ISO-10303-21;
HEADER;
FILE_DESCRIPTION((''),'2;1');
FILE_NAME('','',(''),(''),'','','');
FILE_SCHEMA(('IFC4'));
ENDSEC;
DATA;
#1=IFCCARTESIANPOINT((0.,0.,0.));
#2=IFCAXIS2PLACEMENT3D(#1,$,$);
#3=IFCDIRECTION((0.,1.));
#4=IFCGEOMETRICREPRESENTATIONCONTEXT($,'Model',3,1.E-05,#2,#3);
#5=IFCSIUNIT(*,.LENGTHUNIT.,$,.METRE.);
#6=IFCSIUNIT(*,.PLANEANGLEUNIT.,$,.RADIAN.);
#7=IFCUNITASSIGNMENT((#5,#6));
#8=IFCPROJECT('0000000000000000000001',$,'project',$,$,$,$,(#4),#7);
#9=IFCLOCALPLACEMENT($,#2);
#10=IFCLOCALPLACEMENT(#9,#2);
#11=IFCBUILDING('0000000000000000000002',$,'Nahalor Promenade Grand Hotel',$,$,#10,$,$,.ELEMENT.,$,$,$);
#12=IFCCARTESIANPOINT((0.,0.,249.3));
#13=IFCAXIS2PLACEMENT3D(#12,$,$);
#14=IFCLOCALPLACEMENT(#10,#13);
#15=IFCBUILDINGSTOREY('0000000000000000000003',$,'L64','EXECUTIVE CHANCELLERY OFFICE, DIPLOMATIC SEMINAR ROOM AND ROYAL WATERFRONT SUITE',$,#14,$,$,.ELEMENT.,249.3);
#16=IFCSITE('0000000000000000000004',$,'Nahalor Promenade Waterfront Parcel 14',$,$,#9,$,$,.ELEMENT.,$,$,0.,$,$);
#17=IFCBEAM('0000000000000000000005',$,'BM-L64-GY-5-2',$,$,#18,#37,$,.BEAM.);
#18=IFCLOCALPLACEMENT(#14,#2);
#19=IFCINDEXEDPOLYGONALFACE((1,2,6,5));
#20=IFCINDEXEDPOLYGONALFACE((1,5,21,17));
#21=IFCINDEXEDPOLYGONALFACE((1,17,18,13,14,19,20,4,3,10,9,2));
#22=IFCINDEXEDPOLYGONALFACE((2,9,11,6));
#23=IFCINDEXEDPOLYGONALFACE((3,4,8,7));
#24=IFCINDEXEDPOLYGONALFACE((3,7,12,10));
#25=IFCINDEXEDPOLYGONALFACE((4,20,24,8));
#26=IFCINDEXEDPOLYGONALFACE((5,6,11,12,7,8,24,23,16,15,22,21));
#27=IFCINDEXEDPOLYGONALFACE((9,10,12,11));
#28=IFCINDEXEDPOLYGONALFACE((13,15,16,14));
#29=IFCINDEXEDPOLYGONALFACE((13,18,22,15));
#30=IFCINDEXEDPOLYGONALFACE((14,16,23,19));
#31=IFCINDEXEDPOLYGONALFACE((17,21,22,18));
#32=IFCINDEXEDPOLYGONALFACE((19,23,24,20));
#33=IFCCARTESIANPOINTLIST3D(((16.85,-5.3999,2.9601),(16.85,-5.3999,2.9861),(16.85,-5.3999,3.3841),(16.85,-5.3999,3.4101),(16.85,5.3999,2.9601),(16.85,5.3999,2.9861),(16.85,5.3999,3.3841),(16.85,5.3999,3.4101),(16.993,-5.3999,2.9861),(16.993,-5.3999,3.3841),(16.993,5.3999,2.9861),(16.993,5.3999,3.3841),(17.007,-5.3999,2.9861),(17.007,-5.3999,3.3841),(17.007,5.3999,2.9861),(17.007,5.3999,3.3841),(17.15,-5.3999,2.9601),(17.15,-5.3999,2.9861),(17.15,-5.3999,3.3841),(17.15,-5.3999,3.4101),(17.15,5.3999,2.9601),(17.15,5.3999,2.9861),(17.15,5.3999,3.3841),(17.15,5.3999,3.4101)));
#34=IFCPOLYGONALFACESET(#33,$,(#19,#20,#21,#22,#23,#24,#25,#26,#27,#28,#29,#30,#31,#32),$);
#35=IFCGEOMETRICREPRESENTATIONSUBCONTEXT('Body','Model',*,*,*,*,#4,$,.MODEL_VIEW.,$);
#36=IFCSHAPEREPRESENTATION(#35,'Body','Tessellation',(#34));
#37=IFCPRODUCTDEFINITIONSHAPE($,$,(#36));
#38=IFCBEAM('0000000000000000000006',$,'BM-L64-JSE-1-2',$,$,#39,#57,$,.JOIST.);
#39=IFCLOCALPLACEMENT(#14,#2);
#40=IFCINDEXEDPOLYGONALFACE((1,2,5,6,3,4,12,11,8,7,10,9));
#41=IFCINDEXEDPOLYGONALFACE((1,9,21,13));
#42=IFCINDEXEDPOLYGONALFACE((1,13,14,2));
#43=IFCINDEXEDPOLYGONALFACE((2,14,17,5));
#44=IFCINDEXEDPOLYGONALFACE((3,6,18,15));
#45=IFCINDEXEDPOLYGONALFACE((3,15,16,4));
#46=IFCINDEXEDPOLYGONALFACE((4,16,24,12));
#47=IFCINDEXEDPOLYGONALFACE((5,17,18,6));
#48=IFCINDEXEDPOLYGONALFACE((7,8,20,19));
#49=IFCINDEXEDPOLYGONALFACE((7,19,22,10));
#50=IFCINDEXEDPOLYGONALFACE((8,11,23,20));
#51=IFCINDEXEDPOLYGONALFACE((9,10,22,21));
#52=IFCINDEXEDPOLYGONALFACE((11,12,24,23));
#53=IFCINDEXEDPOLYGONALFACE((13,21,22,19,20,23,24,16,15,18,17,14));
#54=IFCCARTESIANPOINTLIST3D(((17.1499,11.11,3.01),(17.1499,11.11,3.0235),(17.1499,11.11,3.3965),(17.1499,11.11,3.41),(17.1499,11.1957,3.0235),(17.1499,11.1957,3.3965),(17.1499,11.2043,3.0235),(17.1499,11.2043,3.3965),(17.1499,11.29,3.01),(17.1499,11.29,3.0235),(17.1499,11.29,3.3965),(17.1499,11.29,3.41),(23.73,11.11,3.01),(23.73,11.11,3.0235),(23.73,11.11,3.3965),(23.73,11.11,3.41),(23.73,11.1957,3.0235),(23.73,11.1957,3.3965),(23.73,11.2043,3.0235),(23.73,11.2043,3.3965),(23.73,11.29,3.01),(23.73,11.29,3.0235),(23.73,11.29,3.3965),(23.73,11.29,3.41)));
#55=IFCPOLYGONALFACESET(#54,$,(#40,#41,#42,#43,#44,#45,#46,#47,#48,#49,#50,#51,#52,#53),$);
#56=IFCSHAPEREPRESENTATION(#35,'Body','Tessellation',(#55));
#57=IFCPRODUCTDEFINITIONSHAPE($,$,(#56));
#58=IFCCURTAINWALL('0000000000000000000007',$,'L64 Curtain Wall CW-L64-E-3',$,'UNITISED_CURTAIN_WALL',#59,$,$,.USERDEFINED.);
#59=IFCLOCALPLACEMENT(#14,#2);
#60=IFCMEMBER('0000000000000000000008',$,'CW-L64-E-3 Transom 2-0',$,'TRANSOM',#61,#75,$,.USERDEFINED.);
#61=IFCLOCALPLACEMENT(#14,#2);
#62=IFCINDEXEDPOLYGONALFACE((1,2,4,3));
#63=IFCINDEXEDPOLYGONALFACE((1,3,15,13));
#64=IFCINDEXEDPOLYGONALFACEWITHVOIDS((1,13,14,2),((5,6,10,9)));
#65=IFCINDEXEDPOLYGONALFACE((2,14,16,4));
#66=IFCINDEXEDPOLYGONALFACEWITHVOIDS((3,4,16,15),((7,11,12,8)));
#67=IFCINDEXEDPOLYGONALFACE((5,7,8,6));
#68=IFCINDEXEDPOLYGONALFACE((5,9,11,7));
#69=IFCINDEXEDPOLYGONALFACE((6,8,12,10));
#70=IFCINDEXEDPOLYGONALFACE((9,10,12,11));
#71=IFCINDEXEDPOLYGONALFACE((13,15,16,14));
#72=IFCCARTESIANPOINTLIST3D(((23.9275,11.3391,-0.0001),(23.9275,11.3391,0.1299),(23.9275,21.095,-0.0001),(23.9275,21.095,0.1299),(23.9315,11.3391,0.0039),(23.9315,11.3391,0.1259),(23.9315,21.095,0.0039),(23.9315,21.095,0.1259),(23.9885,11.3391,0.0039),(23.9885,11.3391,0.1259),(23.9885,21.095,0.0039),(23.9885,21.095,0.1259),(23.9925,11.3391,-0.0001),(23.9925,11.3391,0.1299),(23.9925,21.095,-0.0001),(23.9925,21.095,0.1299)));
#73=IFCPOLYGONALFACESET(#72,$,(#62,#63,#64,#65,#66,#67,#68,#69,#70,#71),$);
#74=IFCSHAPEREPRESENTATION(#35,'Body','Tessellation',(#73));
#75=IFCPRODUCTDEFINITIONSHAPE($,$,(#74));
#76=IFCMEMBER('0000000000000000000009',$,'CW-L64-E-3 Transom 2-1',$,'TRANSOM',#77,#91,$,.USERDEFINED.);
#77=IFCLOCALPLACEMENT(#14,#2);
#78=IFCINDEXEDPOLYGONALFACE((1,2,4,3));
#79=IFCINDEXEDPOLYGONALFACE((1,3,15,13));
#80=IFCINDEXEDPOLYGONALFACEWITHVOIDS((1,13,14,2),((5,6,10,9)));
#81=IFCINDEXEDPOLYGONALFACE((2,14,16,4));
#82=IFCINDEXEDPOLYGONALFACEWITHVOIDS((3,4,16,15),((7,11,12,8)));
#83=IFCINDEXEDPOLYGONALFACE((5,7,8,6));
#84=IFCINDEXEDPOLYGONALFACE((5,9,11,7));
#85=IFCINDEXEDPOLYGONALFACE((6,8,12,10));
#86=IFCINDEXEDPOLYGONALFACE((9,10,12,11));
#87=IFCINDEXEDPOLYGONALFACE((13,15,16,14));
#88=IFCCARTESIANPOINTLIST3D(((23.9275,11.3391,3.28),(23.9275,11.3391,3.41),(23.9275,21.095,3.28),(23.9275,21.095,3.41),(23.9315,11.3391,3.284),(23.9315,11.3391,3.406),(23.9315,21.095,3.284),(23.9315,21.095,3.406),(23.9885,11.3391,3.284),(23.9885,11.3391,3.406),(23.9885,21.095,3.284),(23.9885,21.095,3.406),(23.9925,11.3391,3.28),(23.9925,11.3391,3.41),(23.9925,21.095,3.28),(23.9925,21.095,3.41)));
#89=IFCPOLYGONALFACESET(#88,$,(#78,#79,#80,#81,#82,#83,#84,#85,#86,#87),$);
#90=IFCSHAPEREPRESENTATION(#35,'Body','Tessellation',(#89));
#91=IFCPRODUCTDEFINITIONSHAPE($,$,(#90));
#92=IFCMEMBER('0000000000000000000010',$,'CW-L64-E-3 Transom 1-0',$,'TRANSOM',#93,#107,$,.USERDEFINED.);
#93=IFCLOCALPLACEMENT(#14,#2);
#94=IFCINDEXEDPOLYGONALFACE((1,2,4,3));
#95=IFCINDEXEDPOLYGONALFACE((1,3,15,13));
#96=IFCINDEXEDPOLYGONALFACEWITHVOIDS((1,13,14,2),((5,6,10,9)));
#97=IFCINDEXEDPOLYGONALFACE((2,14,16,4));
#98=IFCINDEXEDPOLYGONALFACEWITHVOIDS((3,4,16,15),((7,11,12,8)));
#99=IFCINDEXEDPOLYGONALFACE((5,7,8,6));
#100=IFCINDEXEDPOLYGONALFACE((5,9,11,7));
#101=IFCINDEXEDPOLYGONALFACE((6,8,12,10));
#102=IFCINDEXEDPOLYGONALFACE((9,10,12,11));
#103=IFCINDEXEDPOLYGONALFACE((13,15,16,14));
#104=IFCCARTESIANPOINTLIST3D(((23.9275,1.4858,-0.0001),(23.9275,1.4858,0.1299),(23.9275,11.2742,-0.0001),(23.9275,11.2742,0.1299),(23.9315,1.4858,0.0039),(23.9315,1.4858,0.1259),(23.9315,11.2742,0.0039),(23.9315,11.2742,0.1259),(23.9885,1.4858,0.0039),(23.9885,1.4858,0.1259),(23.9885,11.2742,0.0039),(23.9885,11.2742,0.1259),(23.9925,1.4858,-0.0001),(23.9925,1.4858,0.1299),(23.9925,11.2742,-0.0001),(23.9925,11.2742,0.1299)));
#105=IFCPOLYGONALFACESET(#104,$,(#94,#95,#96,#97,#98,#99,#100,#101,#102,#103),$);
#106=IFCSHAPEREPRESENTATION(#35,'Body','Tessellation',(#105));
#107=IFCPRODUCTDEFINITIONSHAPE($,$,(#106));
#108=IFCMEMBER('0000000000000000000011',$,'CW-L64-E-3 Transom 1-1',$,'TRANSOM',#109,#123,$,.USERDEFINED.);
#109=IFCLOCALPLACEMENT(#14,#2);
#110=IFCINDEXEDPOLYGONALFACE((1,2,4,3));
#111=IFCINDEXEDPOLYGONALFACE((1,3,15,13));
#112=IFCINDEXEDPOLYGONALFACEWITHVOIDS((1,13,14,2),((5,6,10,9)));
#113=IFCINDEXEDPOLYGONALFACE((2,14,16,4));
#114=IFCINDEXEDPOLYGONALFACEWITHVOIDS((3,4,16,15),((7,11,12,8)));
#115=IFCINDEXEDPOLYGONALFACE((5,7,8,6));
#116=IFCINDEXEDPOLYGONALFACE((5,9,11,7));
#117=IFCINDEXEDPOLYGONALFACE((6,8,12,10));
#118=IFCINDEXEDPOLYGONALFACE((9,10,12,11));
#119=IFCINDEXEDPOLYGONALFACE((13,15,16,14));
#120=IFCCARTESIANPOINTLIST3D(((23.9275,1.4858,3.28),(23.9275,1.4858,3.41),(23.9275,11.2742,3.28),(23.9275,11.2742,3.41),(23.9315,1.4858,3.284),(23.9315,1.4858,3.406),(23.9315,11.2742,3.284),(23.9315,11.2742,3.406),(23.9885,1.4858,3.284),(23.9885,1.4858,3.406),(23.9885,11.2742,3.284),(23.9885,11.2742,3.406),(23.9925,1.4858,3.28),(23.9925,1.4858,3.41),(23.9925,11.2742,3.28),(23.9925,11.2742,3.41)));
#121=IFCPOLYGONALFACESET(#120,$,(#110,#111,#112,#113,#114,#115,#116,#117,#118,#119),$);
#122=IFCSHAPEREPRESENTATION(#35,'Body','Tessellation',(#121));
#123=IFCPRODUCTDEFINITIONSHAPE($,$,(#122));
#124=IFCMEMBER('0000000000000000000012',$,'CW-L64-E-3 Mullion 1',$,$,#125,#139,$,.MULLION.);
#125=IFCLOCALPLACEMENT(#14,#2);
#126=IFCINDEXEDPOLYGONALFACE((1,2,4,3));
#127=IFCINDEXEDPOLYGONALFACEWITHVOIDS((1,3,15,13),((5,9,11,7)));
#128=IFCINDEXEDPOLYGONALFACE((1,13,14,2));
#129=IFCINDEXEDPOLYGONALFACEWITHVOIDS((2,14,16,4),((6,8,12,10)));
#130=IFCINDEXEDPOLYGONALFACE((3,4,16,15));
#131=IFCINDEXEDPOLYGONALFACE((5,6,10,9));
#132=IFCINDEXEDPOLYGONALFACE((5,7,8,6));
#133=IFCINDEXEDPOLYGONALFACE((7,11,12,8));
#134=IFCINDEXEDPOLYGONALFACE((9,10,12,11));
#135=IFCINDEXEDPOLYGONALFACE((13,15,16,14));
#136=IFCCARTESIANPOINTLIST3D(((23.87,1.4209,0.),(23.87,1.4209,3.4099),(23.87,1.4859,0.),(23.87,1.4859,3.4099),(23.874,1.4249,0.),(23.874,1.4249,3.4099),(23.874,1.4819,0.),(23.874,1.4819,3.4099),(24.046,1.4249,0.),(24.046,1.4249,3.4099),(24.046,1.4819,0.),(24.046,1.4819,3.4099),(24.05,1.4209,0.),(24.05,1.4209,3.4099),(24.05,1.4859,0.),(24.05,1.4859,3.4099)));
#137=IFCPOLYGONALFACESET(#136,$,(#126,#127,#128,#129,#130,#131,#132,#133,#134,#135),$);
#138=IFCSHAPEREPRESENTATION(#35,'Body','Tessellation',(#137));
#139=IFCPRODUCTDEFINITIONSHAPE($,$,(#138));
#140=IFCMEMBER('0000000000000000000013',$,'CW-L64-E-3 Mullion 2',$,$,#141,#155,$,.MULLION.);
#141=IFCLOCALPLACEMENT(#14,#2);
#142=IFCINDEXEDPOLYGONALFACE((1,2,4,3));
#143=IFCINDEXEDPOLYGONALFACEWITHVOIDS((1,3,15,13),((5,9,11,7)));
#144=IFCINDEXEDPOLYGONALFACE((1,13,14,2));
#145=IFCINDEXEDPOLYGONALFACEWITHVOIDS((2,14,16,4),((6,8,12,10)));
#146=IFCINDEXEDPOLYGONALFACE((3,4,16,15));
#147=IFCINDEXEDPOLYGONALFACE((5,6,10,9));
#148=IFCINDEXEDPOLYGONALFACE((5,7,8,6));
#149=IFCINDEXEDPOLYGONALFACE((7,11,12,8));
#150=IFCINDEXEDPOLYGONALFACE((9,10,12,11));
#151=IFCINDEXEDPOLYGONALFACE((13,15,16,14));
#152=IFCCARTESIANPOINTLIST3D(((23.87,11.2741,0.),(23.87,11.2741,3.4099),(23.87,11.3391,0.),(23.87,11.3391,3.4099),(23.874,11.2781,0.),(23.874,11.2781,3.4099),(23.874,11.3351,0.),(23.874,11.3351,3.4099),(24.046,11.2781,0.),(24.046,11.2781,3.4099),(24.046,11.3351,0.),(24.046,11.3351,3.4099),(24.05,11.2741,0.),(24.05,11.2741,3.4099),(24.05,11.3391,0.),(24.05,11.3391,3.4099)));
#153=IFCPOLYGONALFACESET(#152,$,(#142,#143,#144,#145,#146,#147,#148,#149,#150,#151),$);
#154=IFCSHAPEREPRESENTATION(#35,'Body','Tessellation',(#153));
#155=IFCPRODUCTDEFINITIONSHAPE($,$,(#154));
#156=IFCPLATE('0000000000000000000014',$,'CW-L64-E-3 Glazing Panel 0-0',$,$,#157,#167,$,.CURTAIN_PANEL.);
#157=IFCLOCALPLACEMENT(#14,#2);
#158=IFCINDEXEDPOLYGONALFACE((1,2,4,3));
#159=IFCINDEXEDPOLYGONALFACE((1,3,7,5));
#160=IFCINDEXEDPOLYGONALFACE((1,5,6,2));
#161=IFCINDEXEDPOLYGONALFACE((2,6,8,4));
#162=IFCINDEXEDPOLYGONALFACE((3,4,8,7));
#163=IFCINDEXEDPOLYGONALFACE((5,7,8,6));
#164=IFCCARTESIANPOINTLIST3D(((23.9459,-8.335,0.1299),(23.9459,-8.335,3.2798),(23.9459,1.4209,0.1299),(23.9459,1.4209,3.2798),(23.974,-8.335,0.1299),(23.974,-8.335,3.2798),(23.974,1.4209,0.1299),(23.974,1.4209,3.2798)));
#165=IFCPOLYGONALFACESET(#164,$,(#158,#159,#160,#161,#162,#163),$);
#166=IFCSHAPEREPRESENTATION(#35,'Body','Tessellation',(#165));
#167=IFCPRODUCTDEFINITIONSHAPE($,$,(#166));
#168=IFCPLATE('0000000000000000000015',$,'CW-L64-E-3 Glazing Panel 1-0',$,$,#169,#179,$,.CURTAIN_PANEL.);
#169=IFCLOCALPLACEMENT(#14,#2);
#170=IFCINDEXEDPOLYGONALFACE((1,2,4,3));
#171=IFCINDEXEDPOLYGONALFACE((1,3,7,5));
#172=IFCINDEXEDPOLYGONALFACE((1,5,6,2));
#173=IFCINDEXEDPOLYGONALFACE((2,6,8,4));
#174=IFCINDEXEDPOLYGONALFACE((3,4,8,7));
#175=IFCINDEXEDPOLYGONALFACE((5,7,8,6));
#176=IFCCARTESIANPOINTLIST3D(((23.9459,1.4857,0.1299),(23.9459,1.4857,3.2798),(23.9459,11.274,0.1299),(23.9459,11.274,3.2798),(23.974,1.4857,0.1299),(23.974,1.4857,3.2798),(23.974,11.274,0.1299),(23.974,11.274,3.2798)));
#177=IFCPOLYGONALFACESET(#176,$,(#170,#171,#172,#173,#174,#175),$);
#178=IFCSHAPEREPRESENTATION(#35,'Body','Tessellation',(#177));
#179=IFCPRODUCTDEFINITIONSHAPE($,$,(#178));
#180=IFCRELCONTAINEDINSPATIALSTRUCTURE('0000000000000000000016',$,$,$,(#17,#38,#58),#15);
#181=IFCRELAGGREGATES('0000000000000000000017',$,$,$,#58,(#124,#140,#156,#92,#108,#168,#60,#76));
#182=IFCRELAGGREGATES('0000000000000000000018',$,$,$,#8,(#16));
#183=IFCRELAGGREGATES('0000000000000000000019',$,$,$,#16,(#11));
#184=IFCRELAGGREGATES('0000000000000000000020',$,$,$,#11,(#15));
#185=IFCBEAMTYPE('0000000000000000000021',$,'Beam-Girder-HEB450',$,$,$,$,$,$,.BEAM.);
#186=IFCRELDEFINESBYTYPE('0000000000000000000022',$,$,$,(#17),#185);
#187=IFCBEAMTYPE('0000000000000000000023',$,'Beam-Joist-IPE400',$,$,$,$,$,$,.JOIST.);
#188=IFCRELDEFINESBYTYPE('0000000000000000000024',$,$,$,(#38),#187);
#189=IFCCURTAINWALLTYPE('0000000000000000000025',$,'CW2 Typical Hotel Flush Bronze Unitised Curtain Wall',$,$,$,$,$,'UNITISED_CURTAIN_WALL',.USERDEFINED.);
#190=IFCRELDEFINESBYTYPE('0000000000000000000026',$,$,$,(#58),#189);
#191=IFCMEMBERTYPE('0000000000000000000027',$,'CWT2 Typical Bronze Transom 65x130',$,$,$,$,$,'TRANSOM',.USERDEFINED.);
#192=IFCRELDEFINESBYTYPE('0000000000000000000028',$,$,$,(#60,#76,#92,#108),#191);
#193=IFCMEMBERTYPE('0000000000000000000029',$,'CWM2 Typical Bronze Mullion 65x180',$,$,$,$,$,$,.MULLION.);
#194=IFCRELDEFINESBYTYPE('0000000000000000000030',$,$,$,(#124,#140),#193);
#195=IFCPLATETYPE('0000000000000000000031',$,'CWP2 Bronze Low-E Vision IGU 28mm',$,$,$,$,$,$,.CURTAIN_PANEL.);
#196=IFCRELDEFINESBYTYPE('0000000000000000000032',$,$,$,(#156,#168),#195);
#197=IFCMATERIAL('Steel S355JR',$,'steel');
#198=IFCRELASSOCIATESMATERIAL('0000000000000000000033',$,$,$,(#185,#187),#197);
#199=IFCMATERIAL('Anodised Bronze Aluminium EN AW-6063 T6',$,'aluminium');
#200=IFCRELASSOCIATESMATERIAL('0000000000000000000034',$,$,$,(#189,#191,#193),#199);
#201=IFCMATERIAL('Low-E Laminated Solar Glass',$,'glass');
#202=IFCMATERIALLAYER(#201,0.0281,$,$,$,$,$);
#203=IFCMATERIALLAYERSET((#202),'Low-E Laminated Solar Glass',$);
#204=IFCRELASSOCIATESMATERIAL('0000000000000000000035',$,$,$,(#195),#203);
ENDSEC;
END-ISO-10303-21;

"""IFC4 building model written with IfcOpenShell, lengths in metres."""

from ifc_helpers import new_model, si_unit, direction, frame, origin, origin_2d, place, context, subcontext, project, spatial, rectangle, hollow_rectangle, i_section, extrude, source, transform, mapped, material, layer, layer_set, material_profile, profile_set, type_object, element, aggregate, save


model = new_model("IFC4")

# Units and contexts
model_context = context("Model", 3, precision=1e-05, world=origin(), true_north=direction((0.0, 1.0)))
body_context = subcontext(model_context, "Body", "Model", "MODEL_VIEW")
ifc_project = project(units=[si_unit("LENGTHUNIT", "METRE"), si_unit("PLANEANGLEUNIT", "RADIAN")], contexts=[model_context])

# Site, building, storey
site_placement = place(None, origin())
site = spatial("IfcSite", under=ifc_project, at=site_placement, Name="Nahalor Promenade Waterfront Parcel 14", CompositionType="ELEMENT", RefElevation=0.0)
building_placement = place(site_placement, origin())
building = spatial("IfcBuilding", under=site, at=building_placement, Name="Nahalor Promenade Grand Hotel", CompositionType="ELEMENT")
storey_placement = place(building_placement, frame((0.0, 0.0, 249.3)))
storey = spatial("IfcBuildingStorey", under=building, at=storey_placement, Name="L64", Description="EXECUTIVE CHANCELLERY OFFICE, DIPLOMATIC SEMINAR ROOM AND ROYAL WATERFRONT SUITE", CompositionType="ELEMENT", Elevation=249.3)

# Shared definitions
ifc_material_1 = material(Name="Steel S355JR", Category="steel")

# Beams
ifc_material_profile_1 = material_profile(ifc_material_1, i_section(OverallWidth=0.3, OverallDepth=0.45, WebThickness=0.014, FlangeThickness=0.026, at=origin_2d()), Name="HEB 450")
ifc_profile_set_1 = profile_set([ifc_material_profile_1], Name="Steel S355JR")
beam_type_1 = type_object("IfcBeamType", Name="Beam-Girder-HEB450", PredefinedType="BEAM", material=ifc_profile_set_1)
shared_shape_1 = source(origin(), body_context, "Body", "SweptSolid", [
    extrude(i_section(OverallWidth=0.3, OverallDepth=0.45, WebThickness=0.014, FlangeThickness=0.026, at=origin_2d()), origin(), (0.0, 0.0, 1.0), 10.7998),
])
beam_1_placement = place(storey_placement, frame((17.0, -5.3999, 3.1851), z_axis=(0.0, 1.0, 0.0), x_axis=(-1.0, 0.0, 0.0)))
element("IfcBeam", 1, at=beam_1_placement, inside=storey, type_object=beam_type_1, Name="BM-L64-GY-5-2", PredefinedType="BEAM", context=body_context, shape_type="MappedRepresentation", body=[
    mapped(shared_shape_1, transform((0.0, 0.0, 0.0), scale=1.0)),
])
ifc_material_profile_2 = material_profile(ifc_material_1, i_section(OverallWidth=0.18, OverallDepth=0.4, WebThickness=0.0086, FlangeThickness=0.0135, at=origin_2d()), Name="IPE 400")
ifc_profile_set_2 = profile_set([ifc_material_profile_2], Name="Steel S355JR")
beam_type_2 = type_object("IfcBeamType", Name="Beam-Joist-IPE400", PredefinedType="JOIST", material=ifc_profile_set_2)
shared_shape_2 = source(origin(), body_context, "Body", "SweptSolid", [
    extrude(i_section(OverallWidth=0.18, OverallDepth=0.4, WebThickness=0.0086, FlangeThickness=0.0135, at=origin_2d()), origin(), (0.0, 0.0, 1.0), 6.5801),
])
beam_2_placement = place(storey_placement, frame((17.1499, 11.2, 3.21), z_axis=(1.0, 0.0, 0.0), x_axis=(0.0, 1.0, 0.0)))
element("IfcBeam", 2, at=beam_2_placement, inside=storey, type_object=beam_type_2, Name="BM-L64-JSE-1-2", PredefinedType="JOIST", context=body_context, shape_type="MappedRepresentation", body=[
    mapped(shared_shape_2, transform((0.0, 0.0, 0.0), scale=1.0)),
])

# Curtain wall, members, plates
ifc_material_2 = material(Name="Anodised Bronze Aluminium EN AW-6063 T6", Category="aluminium")
curtain_wall_type = type_object("IfcCurtainWallType", Name="CW2 Typical Hotel Flush Bronze Unitised Curtain Wall", ElementType="UNITISED_CURTAIN_WALL", PredefinedType="USERDEFINED", material=ifc_material_2)
curtain_wall_placement = place(storey_placement, origin())
curtain_wall = element("IfcCurtainWall", 3, at=curtain_wall_placement, inside=storey, type_object=curtain_wall_type, Name="L64 Curtain Wall CW-L64-E-3", ObjectType="UNITISED_CURTAIN_WALL", PredefinedType="USERDEFINED")
ifc_material_profile_3 = material_profile(ifc_material_2, hollow_rectangle(XDim=0.065, YDim=0.13, WallThickness=0.004, at=origin_2d()), Name="CWT 65x130x4")
ifc_profile_set_3 = profile_set([ifc_material_profile_3], Name="Anodised Bronze Aluminium EN AW-6063 T6")
member_type_1 = type_object("IfcMemberType", Name="CWT2 Typical Bronze Transom 65x130", ElementType="TRANSOM", PredefinedType="USERDEFINED", material=ifc_profile_set_3)
shared_shape_3 = source(origin(), body_context, "Body", "SweptSolid", [
    extrude(hollow_rectangle(XDim=0.065, YDim=0.13, WallThickness=0.004, at=origin_2d()), origin(), (0.0, 0.0, 1.0), 9.7559),
])
member_1_placement = place(storey_placement, frame((23.96, 11.3391, 0.0649), z_axis=(0.0, 1.0, 0.0), x_axis=(-1.0, 0.0, 0.0)))
member_1 = element("IfcMember", 4, at=member_1_placement, type_object=member_type_1, Name="CW-L64-E-3 Transom 2-0", ObjectType="TRANSOM", PredefinedType="USERDEFINED", context=body_context, shape_type="MappedRepresentation", body=[
    mapped(shared_shape_3, transform((0.0, 0.0, 0.0), scale=1.0)),
])
member_2_placement = place(storey_placement, frame((23.96, 11.3391, 3.345), z_axis=(0.0, 1.0, 0.0), x_axis=(-1.0, 0.0, 0.0)))
member_2 = element("IfcMember", 5, at=member_2_placement, type_object=member_type_1, Name="CW-L64-E-3 Transom 2-1", ObjectType="TRANSOM", PredefinedType="USERDEFINED", context=body_context, shape_type="MappedRepresentation", body=[
    mapped(shared_shape_3, transform((0.0, 0.0, 0.0), scale=1.0)),
])
shared_shape_4 = source(origin(), body_context, "Body", "SweptSolid", [
    extrude(hollow_rectangle(XDim=0.065, YDim=0.13, WallThickness=0.004, at=origin_2d()), origin(), (0.0, 0.0, 1.0), 9.7883),
])
member_3_placement = place(storey_placement, frame((23.96, 1.4858, 0.0649), z_axis=(0.0, 1.0, 0.0), x_axis=(-1.0, 0.0, 0.0)))
member_3 = element("IfcMember", 6, at=member_3_placement, type_object=member_type_1, Name="CW-L64-E-3 Transom 1-0", ObjectType="TRANSOM", PredefinedType="USERDEFINED", context=body_context, shape_type="MappedRepresentation", body=[
    mapped(shared_shape_4, transform((0.0, 0.0, 0.0), scale=1.0)),
])
member_4_placement = place(storey_placement, frame((23.96, 1.4858, 3.345), z_axis=(0.0, 1.0, 0.0), x_axis=(-1.0, 0.0, 0.0)))
member_4 = element("IfcMember", 7, at=member_4_placement, type_object=member_type_1, Name="CW-L64-E-3 Transom 1-1", ObjectType="TRANSOM", PredefinedType="USERDEFINED", context=body_context, shape_type="MappedRepresentation", body=[
    mapped(shared_shape_4, transform((0.0, 0.0, 0.0), scale=1.0)),
])
ifc_material_profile_4 = material_profile(ifc_material_2, hollow_rectangle(XDim=0.065, YDim=0.18, WallThickness=0.004, at=origin_2d()), Name="CWM 65x180x4")
ifc_profile_set_4 = profile_set([ifc_material_profile_4], Name="Anodised Bronze Aluminium EN AW-6063 T6")
member_type_2 = type_object("IfcMemberType", Name="CWM2 Typical Bronze Mullion 65x180", PredefinedType="MULLION", material=ifc_profile_set_4)
shared_shape_5 = source(origin(), body_context, "Body", "SweptSolid", [
    extrude(hollow_rectangle(XDim=0.065, YDim=0.18, WallThickness=0.004, at=origin_2d()), origin(), (0.0, 0.0, 1.0), 3.4099),
])
member_5_placement = place(storey_placement, frame((23.96, 1.4534, 0.0), z_axis=(0.0, 0.0, 1.0), x_axis=(0.0, 1.0, 0.0)))
member_5 = element("IfcMember", 8, at=member_5_placement, type_object=member_type_2, Name="CW-L64-E-3 Mullion 1", PredefinedType="MULLION", context=body_context, shape_type="MappedRepresentation", body=[
    mapped(shared_shape_5, transform((0.0, 0.0, 0.0), scale=1.0)),
])
member_6_placement = place(storey_placement, frame((23.96, 11.3066, 0.0), z_axis=(0.0, 0.0, 1.0), x_axis=(0.0, 1.0, 0.0)))
member_6 = element("IfcMember", 9, at=member_6_placement, type_object=member_type_2, Name="CW-L64-E-3 Mullion 2", PredefinedType="MULLION", context=body_context, shape_type="MappedRepresentation", body=[
    mapped(shared_shape_5, transform((0.0, 0.0, 0.0), scale=1.0)),
])
ifc_material_3 = material(Name="Low-E Laminated Solar Glass", Category="glass")
ifc_layer_1 = layer(ifc_material_3, 0.0281)
ifc_layer_set_1 = layer_set([ifc_layer_1], Name="Low-E Laminated Solar Glass")
plate_type = type_object("IfcPlateType", Name="CWP2 Bronze Low-E Vision IGU 28mm", PredefinedType="CURTAIN_PANEL", material=ifc_layer_set_1)
shared_shape_6 = source(origin(), body_context, "Body", "SweptSolid", [
    extrude(rectangle(XDim=9.7559, YDim=0.0281, at=origin_2d()), origin(), (0.0, 0.0, 1.0), 3.1499),
])
plate_1_placement = place(storey_placement, frame((23.96, -3.457, 0.1299), z_axis=(0.0, 0.0, 1.0), x_axis=(0.0, 1.0, 0.0)))
plate_1 = element("IfcPlate", 10, at=plate_1_placement, type_object=plate_type, Name="CW-L64-E-3 Glazing Panel 0-0", PredefinedType="CURTAIN_PANEL", context=body_context, shape_type="MappedRepresentation", body=[
    mapped(shared_shape_6, transform((0.0, 0.0, 0.0), scale=1.0)),
])
shared_shape_7 = source(origin(), body_context, "Body", "SweptSolid", [
    extrude(rectangle(XDim=9.7883, YDim=0.0281, at=origin_2d()), origin(), (0.0, 0.0, 1.0), 3.1499),
])
plate_2_placement = place(storey_placement, frame((23.96, 6.3799, 0.1299), z_axis=(0.0, 0.0, 1.0), x_axis=(0.0, 1.0, 0.0)))
plate_2 = element("IfcPlate", 11, at=plate_2_placement, type_object=plate_type, Name="CW-L64-E-3 Glazing Panel 1-0", PredefinedType="CURTAIN_PANEL", context=body_context, shape_type="MappedRepresentation", body=[
    mapped(shared_shape_7, transform((0.0, 0.0, 0.0), scale=1.0)),
])
aggregate(curtain_wall, [member_5, member_6, plate_1, member_3, member_4, plate_2, member_1, member_2])

save(model, "model.ifc")
